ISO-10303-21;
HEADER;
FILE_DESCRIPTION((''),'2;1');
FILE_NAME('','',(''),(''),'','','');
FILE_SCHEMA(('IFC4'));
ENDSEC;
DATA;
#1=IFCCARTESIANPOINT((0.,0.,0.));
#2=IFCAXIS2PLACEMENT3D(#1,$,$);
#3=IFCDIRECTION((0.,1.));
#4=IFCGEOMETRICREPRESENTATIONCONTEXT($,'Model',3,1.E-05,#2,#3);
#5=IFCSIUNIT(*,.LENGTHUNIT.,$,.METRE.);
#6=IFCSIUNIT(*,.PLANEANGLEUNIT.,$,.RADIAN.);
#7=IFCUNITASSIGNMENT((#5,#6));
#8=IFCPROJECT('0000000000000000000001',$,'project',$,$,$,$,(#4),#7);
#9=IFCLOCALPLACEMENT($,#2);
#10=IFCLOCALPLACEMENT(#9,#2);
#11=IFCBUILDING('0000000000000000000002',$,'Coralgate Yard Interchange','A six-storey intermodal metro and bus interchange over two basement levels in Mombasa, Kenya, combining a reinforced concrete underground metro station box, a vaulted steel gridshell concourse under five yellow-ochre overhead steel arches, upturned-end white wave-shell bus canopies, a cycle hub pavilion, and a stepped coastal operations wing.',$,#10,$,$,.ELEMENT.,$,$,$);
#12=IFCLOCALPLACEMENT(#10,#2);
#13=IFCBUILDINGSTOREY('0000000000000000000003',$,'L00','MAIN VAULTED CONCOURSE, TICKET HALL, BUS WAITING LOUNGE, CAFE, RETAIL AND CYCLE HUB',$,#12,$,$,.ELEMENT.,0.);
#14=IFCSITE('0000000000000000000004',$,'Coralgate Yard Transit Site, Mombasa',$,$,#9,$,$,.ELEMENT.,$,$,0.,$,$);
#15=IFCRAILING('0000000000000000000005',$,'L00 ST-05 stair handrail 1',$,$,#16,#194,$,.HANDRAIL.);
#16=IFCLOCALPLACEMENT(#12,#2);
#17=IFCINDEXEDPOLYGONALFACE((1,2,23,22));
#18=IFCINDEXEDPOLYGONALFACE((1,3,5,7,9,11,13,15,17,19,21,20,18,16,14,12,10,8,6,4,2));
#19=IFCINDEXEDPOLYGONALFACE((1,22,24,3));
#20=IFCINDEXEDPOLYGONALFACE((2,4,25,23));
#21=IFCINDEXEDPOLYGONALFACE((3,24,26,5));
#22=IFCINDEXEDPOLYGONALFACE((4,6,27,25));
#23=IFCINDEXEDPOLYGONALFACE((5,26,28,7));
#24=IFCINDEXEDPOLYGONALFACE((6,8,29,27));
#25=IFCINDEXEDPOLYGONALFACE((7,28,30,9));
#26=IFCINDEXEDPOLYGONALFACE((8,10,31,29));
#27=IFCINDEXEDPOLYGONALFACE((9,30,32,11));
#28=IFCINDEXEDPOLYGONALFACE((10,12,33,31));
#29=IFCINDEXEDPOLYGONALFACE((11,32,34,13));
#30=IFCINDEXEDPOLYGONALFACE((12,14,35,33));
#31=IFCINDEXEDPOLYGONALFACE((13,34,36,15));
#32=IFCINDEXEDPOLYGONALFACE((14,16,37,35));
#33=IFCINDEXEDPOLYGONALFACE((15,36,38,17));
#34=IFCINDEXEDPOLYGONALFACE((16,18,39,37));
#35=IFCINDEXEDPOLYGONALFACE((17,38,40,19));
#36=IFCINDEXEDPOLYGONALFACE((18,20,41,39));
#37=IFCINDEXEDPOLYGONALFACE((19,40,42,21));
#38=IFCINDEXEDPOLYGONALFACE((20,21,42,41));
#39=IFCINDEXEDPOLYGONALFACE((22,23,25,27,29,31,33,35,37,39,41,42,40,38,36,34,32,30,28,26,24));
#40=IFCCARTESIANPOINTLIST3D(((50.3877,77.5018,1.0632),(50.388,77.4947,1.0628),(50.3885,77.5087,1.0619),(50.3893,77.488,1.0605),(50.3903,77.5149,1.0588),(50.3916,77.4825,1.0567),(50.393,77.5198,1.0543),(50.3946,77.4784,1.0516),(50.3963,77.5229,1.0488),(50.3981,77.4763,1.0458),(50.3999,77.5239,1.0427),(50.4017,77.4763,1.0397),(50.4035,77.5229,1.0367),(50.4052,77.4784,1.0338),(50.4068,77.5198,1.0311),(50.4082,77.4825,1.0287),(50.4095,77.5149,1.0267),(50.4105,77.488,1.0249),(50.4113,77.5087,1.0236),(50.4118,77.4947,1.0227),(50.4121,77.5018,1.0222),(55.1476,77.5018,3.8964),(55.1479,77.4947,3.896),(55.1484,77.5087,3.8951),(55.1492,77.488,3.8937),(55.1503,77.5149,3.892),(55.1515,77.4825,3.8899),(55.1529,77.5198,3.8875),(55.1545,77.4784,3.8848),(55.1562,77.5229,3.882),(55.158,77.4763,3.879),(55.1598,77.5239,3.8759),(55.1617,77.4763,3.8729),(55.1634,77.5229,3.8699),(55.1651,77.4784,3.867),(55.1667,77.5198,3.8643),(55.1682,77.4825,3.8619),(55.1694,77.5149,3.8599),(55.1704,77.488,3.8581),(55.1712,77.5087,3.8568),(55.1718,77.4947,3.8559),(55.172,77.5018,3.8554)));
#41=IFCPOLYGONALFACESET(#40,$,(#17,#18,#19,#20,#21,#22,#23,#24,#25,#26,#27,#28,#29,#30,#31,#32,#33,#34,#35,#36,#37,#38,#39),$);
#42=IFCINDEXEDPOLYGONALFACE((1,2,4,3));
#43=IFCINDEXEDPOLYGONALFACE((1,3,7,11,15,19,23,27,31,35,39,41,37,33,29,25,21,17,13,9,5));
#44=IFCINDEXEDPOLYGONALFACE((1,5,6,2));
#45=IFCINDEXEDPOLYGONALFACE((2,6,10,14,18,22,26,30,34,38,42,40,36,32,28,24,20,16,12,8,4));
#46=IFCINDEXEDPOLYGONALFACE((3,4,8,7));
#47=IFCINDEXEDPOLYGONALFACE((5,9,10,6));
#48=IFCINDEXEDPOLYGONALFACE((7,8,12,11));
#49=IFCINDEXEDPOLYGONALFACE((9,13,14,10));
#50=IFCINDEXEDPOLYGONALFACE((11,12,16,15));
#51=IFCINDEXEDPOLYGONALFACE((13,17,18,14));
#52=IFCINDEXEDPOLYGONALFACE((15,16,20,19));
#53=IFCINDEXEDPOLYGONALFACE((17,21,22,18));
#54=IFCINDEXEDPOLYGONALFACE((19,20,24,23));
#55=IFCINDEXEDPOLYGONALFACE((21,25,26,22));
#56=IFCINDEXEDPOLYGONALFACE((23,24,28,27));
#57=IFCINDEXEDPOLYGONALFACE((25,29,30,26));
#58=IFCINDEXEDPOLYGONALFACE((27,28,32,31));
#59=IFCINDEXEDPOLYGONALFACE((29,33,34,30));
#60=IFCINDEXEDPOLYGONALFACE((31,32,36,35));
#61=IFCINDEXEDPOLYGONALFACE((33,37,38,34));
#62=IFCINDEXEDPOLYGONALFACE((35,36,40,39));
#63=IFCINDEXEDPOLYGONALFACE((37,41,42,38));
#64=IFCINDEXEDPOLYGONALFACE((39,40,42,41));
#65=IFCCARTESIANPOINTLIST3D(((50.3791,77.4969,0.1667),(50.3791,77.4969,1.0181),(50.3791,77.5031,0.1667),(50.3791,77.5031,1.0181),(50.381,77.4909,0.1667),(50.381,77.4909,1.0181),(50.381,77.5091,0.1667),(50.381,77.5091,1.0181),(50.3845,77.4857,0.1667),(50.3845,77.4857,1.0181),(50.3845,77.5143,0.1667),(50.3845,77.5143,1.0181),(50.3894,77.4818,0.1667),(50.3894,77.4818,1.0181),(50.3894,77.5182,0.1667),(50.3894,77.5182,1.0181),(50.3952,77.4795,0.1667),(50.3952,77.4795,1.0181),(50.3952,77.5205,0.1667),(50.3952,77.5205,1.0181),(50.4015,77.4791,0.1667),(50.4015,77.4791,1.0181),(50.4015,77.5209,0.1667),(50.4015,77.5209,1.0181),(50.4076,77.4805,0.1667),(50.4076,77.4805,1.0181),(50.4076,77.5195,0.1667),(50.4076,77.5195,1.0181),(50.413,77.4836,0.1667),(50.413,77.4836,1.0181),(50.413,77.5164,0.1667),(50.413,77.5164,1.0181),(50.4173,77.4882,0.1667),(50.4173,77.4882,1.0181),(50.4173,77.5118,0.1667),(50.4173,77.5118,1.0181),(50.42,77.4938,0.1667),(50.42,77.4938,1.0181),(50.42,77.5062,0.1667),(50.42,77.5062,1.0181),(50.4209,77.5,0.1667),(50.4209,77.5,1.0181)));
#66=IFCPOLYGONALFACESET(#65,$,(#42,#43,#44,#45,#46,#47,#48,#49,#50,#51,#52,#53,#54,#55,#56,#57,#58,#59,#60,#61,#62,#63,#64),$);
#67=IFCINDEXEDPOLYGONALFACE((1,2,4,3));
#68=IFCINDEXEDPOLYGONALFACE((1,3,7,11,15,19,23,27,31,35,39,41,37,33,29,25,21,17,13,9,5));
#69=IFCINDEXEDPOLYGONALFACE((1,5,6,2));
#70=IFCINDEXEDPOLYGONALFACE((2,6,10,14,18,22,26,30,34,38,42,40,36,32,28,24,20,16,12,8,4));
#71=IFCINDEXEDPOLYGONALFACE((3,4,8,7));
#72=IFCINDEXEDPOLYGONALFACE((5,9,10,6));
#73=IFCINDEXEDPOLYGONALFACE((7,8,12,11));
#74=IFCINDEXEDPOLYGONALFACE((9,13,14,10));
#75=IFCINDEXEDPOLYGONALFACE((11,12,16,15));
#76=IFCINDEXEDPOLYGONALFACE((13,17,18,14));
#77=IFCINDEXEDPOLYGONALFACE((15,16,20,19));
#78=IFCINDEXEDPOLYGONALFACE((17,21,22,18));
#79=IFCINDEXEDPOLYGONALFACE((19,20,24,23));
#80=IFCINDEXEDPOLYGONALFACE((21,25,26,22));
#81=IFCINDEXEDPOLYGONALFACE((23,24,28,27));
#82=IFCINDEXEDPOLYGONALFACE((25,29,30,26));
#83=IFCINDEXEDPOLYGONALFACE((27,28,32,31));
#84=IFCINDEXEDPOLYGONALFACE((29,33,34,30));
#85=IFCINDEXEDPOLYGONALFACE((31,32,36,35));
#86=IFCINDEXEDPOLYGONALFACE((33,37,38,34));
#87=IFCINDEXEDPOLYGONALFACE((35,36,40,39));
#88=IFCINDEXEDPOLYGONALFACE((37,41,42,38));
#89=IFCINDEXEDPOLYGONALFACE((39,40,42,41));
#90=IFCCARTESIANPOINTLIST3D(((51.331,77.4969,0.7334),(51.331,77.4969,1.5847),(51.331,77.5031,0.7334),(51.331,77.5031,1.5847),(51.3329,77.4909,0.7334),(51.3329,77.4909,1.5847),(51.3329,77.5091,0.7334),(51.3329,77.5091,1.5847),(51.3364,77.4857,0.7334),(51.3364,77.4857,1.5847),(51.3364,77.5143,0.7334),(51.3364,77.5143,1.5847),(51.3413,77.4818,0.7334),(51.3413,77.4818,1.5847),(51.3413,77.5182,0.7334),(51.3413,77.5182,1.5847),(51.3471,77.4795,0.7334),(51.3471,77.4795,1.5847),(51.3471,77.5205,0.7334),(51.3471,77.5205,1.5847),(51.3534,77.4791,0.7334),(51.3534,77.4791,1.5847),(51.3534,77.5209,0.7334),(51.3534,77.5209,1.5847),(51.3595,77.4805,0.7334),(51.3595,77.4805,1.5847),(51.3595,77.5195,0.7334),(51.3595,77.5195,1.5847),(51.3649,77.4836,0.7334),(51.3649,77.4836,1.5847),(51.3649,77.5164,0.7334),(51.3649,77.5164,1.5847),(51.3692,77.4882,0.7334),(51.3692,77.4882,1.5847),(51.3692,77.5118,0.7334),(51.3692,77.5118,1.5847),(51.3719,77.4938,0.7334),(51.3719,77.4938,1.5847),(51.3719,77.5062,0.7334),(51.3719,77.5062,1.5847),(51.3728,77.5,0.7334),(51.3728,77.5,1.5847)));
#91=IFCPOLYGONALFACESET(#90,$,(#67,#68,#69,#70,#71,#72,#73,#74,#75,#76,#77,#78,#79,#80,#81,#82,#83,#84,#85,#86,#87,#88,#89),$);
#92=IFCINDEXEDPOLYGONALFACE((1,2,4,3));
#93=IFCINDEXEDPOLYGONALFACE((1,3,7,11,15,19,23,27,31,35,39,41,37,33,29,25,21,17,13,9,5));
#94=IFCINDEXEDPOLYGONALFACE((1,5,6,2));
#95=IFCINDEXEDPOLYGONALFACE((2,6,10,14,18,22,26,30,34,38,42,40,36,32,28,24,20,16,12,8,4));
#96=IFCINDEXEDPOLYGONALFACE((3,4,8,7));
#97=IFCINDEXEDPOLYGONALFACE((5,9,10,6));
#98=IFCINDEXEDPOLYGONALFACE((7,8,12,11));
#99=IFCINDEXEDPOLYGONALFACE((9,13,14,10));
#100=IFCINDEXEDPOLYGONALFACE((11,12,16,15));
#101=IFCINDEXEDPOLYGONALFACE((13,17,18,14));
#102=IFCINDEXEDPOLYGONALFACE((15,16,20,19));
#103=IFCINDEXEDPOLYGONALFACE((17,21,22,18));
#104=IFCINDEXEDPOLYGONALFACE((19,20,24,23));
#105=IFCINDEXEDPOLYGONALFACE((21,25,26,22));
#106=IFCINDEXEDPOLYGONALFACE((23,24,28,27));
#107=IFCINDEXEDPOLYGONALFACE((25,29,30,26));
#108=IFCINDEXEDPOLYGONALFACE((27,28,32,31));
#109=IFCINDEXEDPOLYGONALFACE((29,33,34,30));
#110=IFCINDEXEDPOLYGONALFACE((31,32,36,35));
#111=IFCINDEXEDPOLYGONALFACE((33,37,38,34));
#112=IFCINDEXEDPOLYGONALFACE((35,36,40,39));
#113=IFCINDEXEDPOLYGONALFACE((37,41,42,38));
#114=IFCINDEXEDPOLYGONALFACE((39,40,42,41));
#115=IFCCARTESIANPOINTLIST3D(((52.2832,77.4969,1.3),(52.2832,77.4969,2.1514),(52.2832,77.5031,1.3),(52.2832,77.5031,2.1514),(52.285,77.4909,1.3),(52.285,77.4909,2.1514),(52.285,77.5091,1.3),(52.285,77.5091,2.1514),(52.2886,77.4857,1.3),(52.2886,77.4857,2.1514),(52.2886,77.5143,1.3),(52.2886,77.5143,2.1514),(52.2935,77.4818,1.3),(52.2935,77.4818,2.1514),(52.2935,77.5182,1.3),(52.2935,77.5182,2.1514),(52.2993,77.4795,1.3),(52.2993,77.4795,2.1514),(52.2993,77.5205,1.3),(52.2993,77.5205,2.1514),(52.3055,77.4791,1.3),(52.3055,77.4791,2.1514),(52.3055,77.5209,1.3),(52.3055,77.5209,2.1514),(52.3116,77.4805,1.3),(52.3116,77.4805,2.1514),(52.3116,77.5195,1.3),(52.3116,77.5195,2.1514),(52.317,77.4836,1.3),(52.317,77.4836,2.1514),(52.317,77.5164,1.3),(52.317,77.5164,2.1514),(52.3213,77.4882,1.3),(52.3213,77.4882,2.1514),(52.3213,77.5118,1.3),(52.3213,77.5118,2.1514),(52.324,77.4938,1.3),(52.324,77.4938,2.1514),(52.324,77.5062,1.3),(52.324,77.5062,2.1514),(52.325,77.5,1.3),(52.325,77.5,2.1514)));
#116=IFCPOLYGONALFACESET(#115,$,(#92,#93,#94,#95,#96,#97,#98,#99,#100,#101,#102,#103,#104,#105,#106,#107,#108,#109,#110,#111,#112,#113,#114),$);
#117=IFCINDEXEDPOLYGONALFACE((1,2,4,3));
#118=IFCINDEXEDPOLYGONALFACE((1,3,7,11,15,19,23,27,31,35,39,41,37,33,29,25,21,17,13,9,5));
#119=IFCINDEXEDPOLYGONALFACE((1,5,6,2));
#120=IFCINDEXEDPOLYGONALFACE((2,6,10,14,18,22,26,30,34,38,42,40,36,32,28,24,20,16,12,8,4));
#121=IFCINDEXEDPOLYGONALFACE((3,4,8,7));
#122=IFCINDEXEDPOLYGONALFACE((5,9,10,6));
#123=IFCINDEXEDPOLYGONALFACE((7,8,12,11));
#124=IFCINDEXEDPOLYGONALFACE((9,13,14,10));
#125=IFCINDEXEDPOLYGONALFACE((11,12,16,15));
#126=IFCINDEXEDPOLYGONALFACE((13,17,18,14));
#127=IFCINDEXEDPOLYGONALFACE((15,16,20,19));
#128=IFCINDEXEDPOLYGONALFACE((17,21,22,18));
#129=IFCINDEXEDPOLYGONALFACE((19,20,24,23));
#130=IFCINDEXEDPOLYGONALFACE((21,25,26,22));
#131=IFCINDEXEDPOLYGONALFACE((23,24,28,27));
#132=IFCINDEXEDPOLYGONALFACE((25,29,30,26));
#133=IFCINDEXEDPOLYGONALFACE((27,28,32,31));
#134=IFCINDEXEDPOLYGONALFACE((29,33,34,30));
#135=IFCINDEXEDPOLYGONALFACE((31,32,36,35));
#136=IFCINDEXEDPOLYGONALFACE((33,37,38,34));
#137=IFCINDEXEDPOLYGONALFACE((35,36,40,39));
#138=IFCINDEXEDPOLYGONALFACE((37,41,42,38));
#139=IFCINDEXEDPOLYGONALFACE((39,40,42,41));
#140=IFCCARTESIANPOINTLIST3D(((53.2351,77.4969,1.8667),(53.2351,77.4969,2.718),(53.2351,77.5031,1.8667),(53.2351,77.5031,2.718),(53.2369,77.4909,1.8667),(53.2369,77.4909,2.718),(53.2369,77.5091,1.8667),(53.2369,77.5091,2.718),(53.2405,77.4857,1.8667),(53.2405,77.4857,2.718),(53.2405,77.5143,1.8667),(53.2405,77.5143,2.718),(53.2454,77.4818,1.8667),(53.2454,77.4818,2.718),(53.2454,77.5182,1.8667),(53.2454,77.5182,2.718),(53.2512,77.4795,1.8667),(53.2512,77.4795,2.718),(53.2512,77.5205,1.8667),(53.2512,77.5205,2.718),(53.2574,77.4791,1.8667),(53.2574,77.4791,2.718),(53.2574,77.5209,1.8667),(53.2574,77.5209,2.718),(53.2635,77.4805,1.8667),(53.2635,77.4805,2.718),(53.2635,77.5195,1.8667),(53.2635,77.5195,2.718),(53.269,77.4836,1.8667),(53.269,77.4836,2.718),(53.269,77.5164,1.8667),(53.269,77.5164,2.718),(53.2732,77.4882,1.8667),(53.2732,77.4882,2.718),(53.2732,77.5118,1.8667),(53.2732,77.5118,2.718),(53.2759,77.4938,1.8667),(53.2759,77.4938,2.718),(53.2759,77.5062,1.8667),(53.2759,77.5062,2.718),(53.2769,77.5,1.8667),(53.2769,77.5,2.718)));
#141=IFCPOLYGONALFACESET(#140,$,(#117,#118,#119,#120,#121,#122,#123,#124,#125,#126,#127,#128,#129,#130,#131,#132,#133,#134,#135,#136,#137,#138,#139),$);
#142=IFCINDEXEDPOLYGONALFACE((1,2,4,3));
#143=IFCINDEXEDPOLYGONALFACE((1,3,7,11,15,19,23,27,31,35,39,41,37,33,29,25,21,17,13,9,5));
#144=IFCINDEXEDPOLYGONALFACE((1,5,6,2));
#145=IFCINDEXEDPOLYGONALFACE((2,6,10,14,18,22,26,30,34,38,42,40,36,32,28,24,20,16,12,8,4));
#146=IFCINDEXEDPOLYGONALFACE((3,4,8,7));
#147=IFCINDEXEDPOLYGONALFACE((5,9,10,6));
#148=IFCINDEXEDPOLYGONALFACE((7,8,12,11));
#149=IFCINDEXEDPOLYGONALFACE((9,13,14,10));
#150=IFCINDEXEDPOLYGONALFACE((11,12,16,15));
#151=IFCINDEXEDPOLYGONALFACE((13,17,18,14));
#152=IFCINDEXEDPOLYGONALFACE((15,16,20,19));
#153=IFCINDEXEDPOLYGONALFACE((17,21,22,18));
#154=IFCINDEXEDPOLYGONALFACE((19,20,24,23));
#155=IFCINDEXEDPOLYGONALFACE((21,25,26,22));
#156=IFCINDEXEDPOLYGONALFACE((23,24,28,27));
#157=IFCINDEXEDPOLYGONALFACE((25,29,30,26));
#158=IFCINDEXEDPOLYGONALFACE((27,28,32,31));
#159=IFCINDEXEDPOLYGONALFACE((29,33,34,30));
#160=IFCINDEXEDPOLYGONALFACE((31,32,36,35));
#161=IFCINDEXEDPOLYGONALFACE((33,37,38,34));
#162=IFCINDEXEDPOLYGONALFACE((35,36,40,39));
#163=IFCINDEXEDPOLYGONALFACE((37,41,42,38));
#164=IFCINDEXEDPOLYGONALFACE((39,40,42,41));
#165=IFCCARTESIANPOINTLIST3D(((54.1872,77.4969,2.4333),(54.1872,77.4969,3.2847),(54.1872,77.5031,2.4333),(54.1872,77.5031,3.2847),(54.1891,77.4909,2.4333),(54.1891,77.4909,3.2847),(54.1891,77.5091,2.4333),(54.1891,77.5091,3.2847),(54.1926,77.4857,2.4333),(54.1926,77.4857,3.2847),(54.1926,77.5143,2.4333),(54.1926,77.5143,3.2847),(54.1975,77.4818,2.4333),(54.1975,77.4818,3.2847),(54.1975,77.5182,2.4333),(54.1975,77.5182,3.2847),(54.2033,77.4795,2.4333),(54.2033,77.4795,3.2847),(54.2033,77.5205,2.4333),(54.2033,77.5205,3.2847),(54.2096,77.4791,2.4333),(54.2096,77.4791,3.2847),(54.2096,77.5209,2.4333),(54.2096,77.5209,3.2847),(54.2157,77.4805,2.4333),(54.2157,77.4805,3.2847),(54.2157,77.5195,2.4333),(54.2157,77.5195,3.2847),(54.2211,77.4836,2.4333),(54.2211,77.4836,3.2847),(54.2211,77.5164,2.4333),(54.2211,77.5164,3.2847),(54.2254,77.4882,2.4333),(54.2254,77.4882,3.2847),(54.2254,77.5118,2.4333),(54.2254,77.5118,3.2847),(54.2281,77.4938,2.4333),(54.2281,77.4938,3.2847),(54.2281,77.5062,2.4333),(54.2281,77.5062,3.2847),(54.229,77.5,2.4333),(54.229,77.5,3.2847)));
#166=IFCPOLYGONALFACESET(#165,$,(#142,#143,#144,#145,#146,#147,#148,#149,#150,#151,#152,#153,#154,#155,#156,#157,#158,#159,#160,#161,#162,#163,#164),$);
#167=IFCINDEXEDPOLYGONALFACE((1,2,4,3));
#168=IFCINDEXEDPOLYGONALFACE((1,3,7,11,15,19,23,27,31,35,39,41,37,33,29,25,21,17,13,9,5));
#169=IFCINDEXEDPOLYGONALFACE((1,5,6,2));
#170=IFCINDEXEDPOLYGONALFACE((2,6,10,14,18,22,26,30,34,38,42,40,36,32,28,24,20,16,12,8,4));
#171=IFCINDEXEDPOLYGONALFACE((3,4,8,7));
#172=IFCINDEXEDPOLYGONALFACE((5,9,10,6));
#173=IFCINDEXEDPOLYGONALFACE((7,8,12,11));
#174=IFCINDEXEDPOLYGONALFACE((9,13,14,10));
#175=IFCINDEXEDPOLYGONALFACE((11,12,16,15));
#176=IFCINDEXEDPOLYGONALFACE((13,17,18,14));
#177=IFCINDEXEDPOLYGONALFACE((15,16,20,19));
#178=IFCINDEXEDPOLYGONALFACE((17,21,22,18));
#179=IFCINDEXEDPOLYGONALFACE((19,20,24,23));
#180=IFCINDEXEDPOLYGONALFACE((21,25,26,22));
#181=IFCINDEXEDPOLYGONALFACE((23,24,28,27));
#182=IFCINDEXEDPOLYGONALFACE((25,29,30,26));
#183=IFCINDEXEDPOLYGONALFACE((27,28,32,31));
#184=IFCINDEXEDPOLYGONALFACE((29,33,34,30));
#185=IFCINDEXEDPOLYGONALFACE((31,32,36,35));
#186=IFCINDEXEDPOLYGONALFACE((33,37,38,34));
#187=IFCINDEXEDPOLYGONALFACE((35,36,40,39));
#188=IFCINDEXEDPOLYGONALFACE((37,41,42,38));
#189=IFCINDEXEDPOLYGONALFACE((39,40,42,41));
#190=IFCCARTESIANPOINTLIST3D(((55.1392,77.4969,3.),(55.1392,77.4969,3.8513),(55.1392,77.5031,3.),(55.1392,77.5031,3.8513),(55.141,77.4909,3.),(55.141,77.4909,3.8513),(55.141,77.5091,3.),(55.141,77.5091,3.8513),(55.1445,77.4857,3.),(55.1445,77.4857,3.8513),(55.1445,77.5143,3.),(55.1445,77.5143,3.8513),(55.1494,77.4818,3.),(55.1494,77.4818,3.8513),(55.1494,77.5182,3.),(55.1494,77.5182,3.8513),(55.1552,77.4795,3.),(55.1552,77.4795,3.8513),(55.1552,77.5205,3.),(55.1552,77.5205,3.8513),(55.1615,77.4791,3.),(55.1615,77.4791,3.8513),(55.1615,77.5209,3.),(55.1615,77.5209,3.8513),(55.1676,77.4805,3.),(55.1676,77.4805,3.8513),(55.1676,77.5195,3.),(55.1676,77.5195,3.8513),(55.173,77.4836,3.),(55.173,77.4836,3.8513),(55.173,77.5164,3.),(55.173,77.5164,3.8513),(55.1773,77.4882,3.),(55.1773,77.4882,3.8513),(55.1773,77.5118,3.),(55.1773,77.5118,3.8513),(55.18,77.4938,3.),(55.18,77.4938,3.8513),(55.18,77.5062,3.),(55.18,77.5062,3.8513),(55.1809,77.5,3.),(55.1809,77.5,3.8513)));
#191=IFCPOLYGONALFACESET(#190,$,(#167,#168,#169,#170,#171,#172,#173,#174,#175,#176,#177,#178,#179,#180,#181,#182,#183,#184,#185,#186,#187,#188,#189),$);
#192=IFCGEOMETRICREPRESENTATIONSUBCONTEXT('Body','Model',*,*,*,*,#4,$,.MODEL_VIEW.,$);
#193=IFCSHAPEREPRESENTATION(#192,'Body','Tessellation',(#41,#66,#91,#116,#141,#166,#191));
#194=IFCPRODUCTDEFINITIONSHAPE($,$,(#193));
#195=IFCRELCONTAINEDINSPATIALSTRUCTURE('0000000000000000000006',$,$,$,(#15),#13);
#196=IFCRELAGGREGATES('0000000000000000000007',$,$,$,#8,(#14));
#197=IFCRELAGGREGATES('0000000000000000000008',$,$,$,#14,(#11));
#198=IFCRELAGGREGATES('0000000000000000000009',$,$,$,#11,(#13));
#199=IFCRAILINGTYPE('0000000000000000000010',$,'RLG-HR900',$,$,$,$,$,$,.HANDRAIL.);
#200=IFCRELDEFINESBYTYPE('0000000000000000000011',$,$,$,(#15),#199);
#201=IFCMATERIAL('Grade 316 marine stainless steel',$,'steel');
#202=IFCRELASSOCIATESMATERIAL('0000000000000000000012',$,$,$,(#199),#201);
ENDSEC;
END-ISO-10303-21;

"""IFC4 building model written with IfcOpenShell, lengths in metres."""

from ifc_helpers import new_model, si_unit, direction, frame, origin, origin_2d, place, context, subcontext, project, spatial, circle, extrude, material, type_object, element, save


model = new_model("IFC4")

# Units and contexts
model_context = context("Model", 3, precision=1e-05, world=origin(), true_north=direction((0.0, 1.0)))
body_context = subcontext(model_context, "Body", "Model", "MODEL_VIEW")
ifc_project = project(units=[si_unit("LENGTHUNIT", "METRE"), si_unit("PLANEANGLEUNIT", "RADIAN")], contexts=[model_context])

# Site, building, storey
site_placement = place(None, origin())
site = spatial("IfcSite", under=ifc_project, at=site_placement, Name="Coralgate Yard Transit Site, Mombasa", CompositionType="ELEMENT", RefElevation=0.0)
building_placement = place(site_placement, origin())
building = spatial("IfcBuilding", under=site, at=building_placement, Name="Coralgate Yard Interchange", Description="A six-storey intermodal metro and bus interchange over two basement levels in Mombasa, Kenya, combining a reinforced concrete underground metro station box, a vaulted steel gridshell concourse under five yellow-ochre overhead steel arches, upturned-end white wave-shell bus canopies, a cycle hub pavilion, and a stepped coastal operations wing.", CompositionType="ELEMENT")
storey_placement = place(building_placement, origin())
storey = spatial("IfcBuildingStorey", under=building, at=storey_placement, Name="L00", Description="MAIN VAULTED CONCOURSE, TICKET HALL, BUS WAITING LOUNGE, CAFE, RETAIL AND CYCLE HUB", CompositionType="ELEMENT", Elevation=0.0)

# Railing
ifc_material_1 = material(Name="Grade 316 marine stainless steel", Category="steel")
railing_type_1 = type_object("IfcRailingType", Name="RLG-HR900", PredefinedType="HANDRAIL", material=ifc_material_1)
railing_1_placement = place(storey_placement, frame((50.3999, 77.5, 0.1667)))
element("IfcRailing", 1, at=railing_1_placement, inside=storey, type_object=railing_type_1, Name="L00 ST-05 stair handrail 1", PredefinedType="HANDRAIL", context=body_context, shape_type="SweptSolid", body=[
    extrude(circle(Radius=0.0239, at=origin_2d()), frame((0.0, 0.0, 0.876), z_axis=(0.8593, 0.0, 0.511472), x_axis=(0.0, 1.0, 0.0)), (0.0, 0.0, 1.0), 5.5393),
    extrude(circle(Radius=0.021, at=origin_2d()), origin(), (0.0, 0.0, 1.0), 0.8513),
    extrude(circle(Radius=0.021, at=origin_2d()), frame((0.9519, 0.0, 0.5667)), (0.0, 0.0, 1.0), 0.8513),
    extrude(circle(Radius=0.021, at=origin_2d()), frame((1.9041, 0.0, 1.1333)), (0.0, 0.0, 1.0), 0.8513),
    extrude(circle(Radius=0.021, at=origin_2d()), frame((2.856, 0.0, 1.7)), (0.0, 0.0, 1.0), 0.8513),
    extrude(circle(Radius=0.021, at=origin_2d()), frame((3.8081, 0.0, 2.2666)), (0.0, 0.0, 1.0), 0.8513),
    extrude(circle(Radius=0.021, at=origin_2d()), frame((4.76, 0.0, 2.8333)), (0.0, 0.0, 1.0), 0.8513),
])

save(model, "model.ifc")
